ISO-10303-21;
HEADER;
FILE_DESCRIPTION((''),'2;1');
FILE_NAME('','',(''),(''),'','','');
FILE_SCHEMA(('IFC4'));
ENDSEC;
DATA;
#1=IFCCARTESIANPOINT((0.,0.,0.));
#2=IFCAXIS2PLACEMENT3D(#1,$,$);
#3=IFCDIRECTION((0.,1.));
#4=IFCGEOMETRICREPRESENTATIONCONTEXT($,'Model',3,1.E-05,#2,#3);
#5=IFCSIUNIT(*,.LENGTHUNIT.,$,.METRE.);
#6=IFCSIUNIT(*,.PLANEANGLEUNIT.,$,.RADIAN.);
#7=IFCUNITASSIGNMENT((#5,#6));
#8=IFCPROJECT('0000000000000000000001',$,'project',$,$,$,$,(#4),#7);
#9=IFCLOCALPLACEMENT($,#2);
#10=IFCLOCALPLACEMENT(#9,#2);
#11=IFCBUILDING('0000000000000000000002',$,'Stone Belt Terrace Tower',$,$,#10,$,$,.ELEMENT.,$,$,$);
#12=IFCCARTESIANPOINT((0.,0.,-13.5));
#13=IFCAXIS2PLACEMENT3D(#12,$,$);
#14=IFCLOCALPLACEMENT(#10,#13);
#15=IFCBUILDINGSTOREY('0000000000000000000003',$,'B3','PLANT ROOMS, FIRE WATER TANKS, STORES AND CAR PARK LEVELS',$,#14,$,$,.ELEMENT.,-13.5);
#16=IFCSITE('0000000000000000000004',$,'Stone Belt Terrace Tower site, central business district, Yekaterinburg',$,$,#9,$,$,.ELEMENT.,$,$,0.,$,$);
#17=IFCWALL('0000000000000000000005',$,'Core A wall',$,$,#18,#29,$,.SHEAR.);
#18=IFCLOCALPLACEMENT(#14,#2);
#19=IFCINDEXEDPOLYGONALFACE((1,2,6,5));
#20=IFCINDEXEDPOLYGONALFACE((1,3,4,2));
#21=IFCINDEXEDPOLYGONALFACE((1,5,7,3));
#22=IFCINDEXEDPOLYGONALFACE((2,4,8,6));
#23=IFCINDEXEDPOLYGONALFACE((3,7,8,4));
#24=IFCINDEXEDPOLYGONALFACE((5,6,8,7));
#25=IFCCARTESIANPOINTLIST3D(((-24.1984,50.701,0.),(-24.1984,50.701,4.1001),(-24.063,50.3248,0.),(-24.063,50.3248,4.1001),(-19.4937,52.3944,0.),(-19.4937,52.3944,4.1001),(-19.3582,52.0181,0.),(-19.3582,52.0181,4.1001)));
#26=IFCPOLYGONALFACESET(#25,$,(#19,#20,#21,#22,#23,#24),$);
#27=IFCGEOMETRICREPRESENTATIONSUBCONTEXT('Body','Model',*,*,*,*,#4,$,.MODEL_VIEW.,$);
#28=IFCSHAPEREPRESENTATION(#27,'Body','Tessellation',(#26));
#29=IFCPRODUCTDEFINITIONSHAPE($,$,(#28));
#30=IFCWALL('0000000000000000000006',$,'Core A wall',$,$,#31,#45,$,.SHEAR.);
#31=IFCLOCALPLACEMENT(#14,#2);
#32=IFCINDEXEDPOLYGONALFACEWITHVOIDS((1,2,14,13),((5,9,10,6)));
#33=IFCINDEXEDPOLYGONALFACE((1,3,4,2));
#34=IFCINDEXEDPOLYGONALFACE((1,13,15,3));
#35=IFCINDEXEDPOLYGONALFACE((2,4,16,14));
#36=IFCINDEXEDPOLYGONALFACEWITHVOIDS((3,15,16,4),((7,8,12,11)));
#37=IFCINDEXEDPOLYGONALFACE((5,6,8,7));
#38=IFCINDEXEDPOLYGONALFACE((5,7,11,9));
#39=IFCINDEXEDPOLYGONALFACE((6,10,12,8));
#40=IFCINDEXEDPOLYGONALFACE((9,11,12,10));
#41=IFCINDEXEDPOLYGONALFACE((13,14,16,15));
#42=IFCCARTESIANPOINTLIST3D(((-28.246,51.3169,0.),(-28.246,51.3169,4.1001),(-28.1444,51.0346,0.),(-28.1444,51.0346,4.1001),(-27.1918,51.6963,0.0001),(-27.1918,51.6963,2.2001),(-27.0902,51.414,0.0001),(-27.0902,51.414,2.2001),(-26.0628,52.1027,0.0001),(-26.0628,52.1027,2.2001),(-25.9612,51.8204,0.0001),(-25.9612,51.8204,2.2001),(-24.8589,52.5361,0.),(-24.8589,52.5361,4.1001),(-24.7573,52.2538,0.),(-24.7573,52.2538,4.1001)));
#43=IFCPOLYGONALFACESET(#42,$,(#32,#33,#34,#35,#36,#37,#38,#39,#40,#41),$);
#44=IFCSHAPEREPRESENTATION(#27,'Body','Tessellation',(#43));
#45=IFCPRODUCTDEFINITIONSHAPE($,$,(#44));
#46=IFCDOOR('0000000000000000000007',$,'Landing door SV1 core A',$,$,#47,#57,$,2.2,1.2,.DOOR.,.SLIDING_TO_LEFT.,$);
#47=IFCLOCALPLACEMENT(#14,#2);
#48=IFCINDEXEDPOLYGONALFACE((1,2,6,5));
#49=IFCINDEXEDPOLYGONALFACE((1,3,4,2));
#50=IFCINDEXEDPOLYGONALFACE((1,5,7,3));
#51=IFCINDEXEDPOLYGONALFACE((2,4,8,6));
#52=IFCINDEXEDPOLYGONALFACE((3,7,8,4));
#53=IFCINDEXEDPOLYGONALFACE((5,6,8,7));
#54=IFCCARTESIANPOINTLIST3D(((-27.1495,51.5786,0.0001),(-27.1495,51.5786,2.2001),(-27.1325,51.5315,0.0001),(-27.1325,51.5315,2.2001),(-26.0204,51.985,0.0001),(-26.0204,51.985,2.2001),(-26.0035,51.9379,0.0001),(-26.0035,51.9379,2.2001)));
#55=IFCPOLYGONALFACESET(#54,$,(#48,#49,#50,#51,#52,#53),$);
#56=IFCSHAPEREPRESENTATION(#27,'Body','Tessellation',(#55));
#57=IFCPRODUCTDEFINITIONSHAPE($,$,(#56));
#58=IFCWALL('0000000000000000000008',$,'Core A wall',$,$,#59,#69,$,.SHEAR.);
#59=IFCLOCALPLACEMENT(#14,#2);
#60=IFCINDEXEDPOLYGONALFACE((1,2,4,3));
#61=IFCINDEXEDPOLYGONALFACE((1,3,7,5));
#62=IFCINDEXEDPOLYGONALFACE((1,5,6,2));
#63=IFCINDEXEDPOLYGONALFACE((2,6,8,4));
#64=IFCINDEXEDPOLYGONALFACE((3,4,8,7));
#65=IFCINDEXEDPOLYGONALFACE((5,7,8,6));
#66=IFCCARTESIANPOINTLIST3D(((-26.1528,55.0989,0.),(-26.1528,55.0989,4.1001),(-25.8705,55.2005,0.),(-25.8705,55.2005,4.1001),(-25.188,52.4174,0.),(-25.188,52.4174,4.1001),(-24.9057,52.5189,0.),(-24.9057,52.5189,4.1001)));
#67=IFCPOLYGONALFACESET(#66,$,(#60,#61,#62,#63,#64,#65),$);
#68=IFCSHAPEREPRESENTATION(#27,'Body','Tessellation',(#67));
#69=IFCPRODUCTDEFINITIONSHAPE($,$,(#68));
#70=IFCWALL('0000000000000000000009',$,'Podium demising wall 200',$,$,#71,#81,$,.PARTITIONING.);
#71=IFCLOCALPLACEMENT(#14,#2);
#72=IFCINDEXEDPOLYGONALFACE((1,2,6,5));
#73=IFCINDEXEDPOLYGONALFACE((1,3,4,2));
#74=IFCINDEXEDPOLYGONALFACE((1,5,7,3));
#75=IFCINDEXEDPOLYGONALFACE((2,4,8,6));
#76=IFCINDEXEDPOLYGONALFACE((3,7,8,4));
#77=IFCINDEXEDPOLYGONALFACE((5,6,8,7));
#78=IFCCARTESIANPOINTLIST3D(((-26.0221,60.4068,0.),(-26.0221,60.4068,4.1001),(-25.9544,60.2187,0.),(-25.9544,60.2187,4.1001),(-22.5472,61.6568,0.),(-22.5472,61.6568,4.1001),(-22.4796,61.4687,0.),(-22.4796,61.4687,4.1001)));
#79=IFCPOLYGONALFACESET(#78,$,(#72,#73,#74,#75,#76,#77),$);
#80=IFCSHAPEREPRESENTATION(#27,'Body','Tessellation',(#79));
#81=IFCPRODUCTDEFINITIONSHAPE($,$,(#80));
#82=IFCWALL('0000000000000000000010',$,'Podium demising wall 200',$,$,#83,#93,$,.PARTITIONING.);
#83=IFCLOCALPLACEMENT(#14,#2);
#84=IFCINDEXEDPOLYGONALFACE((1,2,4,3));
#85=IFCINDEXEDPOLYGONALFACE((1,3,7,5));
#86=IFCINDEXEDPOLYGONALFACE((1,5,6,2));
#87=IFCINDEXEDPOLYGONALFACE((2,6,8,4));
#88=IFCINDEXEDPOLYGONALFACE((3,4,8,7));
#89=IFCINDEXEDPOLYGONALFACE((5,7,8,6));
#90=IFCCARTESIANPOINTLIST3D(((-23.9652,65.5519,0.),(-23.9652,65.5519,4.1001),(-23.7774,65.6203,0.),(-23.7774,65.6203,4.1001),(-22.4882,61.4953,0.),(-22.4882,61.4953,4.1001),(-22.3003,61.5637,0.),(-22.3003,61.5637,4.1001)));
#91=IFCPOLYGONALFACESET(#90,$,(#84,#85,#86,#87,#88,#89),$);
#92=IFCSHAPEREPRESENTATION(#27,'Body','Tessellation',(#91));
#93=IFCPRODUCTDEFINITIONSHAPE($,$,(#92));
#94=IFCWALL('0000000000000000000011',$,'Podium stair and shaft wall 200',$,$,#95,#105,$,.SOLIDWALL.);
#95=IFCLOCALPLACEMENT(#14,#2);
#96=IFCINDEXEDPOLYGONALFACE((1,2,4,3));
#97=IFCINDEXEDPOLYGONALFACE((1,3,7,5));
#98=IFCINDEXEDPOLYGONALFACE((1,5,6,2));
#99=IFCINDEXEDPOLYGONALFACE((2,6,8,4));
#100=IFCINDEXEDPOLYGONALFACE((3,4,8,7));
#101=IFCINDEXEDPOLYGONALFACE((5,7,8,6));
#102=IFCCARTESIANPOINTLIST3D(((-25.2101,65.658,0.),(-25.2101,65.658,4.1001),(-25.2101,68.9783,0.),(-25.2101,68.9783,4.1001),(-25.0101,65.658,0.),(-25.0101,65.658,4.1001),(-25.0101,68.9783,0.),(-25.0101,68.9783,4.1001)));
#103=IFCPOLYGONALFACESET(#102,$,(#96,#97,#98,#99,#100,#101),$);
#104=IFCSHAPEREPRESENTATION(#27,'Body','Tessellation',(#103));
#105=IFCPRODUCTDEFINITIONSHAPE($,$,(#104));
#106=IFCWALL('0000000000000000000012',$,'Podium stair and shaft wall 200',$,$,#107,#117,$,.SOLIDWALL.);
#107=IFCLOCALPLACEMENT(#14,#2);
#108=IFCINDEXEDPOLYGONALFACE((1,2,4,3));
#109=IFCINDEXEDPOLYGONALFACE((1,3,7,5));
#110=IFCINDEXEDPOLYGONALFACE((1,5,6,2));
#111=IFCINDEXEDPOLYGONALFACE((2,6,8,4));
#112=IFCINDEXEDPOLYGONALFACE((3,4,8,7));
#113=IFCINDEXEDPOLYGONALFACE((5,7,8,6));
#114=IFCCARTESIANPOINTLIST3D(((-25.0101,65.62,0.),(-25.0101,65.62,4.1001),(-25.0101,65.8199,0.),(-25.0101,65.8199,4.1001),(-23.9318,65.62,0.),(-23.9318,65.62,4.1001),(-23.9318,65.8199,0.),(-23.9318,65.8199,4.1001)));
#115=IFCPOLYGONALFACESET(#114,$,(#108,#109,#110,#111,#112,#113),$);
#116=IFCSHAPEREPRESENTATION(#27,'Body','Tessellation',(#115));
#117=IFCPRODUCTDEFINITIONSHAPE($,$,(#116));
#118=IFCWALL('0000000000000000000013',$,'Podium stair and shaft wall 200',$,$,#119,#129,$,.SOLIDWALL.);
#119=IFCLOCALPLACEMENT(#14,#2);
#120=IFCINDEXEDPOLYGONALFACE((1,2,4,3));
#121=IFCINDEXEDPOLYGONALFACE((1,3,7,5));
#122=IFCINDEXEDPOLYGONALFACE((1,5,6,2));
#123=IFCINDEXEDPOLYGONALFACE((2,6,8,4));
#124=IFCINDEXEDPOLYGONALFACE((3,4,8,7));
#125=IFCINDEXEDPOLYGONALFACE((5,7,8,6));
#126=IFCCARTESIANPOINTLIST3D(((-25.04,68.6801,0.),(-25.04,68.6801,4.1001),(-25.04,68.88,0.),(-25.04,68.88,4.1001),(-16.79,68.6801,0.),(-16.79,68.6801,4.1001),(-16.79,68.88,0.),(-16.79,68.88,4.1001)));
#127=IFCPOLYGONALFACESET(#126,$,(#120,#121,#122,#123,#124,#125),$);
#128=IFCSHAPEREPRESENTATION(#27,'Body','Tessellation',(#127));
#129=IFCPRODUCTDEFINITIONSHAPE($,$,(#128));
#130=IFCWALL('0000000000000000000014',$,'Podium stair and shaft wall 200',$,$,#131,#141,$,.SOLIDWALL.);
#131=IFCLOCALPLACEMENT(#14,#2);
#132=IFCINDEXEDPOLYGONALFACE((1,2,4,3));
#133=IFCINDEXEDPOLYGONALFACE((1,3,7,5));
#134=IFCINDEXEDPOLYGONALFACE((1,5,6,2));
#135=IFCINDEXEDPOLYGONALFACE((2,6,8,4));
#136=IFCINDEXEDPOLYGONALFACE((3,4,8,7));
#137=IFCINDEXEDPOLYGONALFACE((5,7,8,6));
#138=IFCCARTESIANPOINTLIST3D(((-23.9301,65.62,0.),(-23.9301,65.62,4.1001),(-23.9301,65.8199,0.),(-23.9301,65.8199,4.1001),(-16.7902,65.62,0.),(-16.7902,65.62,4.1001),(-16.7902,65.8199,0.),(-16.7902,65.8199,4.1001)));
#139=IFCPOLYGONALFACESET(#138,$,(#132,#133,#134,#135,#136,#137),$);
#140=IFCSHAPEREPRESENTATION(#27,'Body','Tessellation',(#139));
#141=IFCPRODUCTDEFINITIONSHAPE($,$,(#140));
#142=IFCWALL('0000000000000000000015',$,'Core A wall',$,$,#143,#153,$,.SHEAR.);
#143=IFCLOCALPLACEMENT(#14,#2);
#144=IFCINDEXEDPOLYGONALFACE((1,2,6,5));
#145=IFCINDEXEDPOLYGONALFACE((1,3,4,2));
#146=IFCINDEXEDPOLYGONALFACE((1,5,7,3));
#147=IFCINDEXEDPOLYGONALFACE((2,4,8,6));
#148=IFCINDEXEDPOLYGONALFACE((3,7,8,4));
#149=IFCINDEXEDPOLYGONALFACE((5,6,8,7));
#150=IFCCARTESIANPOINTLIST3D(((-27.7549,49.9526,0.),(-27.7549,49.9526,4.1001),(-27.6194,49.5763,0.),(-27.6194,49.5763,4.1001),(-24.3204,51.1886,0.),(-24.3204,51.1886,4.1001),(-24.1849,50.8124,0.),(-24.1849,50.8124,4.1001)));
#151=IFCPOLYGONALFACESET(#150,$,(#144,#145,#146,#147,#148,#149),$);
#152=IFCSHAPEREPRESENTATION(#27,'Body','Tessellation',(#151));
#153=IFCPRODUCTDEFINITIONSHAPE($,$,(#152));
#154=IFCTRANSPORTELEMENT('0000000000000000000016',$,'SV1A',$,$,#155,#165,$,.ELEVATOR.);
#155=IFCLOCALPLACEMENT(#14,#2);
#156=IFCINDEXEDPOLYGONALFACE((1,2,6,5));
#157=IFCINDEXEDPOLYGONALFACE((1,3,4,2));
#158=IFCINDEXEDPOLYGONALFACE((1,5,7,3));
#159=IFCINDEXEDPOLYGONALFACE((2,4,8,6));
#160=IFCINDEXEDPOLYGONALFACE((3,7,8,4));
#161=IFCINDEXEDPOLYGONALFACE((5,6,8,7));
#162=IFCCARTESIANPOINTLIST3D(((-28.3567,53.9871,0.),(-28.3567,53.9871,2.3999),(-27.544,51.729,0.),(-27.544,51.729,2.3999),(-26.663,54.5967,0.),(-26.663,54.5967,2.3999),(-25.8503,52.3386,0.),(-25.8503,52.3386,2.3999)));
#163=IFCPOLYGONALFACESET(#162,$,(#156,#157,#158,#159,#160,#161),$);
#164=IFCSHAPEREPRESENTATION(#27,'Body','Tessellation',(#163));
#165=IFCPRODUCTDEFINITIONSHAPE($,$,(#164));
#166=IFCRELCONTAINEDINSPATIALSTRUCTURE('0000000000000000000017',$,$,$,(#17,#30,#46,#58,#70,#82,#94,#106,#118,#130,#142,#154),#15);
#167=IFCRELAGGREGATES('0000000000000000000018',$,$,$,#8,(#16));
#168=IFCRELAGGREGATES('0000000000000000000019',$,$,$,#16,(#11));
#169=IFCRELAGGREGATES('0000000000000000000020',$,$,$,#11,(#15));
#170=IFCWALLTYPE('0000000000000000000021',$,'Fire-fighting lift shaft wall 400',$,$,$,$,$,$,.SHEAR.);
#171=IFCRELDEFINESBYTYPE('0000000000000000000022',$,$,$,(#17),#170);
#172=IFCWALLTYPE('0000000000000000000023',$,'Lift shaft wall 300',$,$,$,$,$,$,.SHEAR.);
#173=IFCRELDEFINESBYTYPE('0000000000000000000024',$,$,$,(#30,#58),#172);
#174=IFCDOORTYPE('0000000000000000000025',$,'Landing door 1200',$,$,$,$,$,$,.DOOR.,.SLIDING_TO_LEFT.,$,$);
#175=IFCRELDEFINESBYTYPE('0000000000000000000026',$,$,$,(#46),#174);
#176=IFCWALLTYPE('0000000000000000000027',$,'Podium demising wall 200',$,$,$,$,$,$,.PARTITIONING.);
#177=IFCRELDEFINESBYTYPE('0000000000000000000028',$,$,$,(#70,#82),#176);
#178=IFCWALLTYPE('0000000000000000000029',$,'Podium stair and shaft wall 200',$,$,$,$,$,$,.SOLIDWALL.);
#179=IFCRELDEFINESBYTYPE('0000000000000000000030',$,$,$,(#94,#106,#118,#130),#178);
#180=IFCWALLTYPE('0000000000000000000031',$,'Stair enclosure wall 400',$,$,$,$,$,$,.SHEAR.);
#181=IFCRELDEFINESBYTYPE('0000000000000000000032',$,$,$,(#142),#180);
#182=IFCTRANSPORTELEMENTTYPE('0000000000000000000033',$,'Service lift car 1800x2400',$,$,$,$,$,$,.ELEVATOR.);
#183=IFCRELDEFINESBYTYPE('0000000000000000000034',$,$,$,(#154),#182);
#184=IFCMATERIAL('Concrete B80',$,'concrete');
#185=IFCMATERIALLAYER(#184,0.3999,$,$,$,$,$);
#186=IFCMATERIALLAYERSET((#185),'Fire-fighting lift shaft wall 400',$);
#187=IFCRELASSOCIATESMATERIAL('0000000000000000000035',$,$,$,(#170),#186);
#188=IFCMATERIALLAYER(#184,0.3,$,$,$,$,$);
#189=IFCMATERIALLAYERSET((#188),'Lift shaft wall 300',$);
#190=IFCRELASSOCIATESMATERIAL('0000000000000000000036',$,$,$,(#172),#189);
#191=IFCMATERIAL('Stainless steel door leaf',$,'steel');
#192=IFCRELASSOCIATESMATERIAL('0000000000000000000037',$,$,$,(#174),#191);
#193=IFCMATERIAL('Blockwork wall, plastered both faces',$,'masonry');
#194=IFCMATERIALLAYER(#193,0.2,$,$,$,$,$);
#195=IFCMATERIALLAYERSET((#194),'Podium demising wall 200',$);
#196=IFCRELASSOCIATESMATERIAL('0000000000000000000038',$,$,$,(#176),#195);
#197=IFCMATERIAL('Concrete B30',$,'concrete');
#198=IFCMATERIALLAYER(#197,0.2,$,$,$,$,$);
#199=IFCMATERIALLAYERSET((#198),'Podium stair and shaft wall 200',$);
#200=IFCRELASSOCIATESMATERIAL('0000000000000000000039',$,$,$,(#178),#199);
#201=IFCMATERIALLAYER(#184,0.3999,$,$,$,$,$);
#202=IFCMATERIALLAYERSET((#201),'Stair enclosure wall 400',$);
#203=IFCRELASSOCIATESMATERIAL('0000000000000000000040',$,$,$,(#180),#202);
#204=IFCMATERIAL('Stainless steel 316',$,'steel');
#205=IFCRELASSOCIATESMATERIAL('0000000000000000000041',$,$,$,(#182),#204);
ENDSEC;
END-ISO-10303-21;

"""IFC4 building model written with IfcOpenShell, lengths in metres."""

from ifc_helpers import new_model, si_unit, direction, frame, frame_2d, origin, origin_2d, place, context, subcontext, project, spatial, rectangle, extrude, material, layer, layer_set, type_object, element, fill, save


model = new_model("IFC4")

# Units and contexts
model_context = context("Model", 3, precision=1e-05, world=origin(), true_north=direction((0.0, 1.0)))
body_context = subcontext(model_context, "Body", "Model", "MODEL_VIEW")
ifc_project = project(units=[si_unit("LENGTHUNIT", "METRE"), si_unit("PLANEANGLEUNIT", "RADIAN")], contexts=[model_context])

# Site, building, storey
site_placement = place(None, origin())
site = spatial("IfcSite", under=ifc_project, at=site_placement, Name="Stone Belt Terrace Tower site, central business district, Yekaterinburg", CompositionType="ELEMENT", RefElevation=0.0)
building_placement = place(site_placement, origin())
building = spatial("IfcBuilding", under=site, at=building_placement, Name="Stone Belt Terrace Tower", CompositionType="ELEMENT")
storey_placement = place(building_placement, frame((0.0, 0.0, -13.5)))
storey = spatial("IfcBuildingStorey", under=building, at=storey_placement, Name="B3", Description="PLANT ROOMS, FIRE WATER TANKS, STORES AND CAR PARK LEVELS", CompositionType="ELEMENT", Elevation=-13.5)

# Shared definitions
ifc_material_1 = material(Name="Concrete B80", Category="concrete")

# Shared definitions
ifc_material_2 = material(Name="Concrete B30", Category="concrete")

# Wall
ifc_layer_1 = layer(ifc_material_1, 0.3999)
ifc_layer_set_1 = layer_set([ifc_layer_1], Name="Fire-fighting lift shaft wall 400")
wall_type_1 = type_object("IfcWallType", Name="Fire-fighting lift shaft wall 400", PredefinedType="SHEAR", material=ifc_layer_set_1)
wall_1_placement = place(storey_placement, frame((-24.1306, 50.5129, 0.0), z_axis=(0.0, 0.0, 1.0), x_axis=(0.940912, 0.338652, 0.0)))
element("IfcWall", 1, at=wall_1_placement, inside=storey, type_object=wall_type_1, Name="Core A wall", PredefinedType="SHEAR", context=body_context, shape_type="SweptSolid", body=[
    extrude(rectangle(XDim=5.0002, YDim=0.3999, at=frame_2d((2.5, 0.0))), origin(), (0.0, 0.0, 1.0), 4.1001),
])

# Wall, opening, door
ifc_layer_2 = layer(ifc_material_1, 0.3)
ifc_layer_set_2 = layer_set([ifc_layer_2], Name="Lift shaft wall 300")
wall_type_2 = type_object("IfcWallType", Name="Lift shaft wall 300", PredefinedType="SHEAR", material=ifc_layer_set_2)
wall_2_placement = place(storey_placement, frame((-28.1951, 51.1758, 0.0), z_axis=(0.0, 0.0, 1.0), x_axis=(0.940901, 0.338681, 0.0)))
wall_2 = element("IfcWall", 2, at=wall_2_placement, inside=storey, type_object=wall_type_2, Name="Core A wall", PredefinedType="SHEAR", context=body_context, shape_type="SweptSolid", body=[
    extrude(rectangle(XDim=3.5999, YDim=0.3, at=frame_2d((1.7998, 0.0))), origin(), (0.0, 0.0, 1.0), 4.1001),
])
opening_1_placement = place(wall_2_placement, frame((1.1201, 0.0, 0.0)))
opening_1 = element("IfcOpeningElement", 3, at=opening_1_placement, cuts=wall_2, PredefinedType="OPENING", context=body_context, shape_type="SweptSolid", body=[
    extrude(rectangle(XDim=1.2, YDim=2.2, at=frame_2d((0.6001, 1.1001))), frame((0.0, 0.1599, 0.0), z_axis=(0.0, -1.0, 0.0), x_axis=(1.0, 0.0, 0.0)), (0.0, 0.0, 1.0), 0.3201),
])
ifc_material_3 = material(Name="Stainless steel door leaf", Category="steel")
door_type_1 = type_object("IfcDoorType", Name="Landing door 1200", OperationType="SLIDING_TO_LEFT", PredefinedType="DOOR", material=ifc_material_3)
door_1_placement = place(opening_1_placement, origin())
door_1 = element("IfcDoor", 4, at=door_1_placement, inside=storey, type_object=door_type_1, Name="Landing door SV1 core A", OperationType="SLIDING_TO_LEFT", OverallHeight=2.2, OverallWidth=1.2, PredefinedType="DOOR", context=body_context, shape_type="SweptSolid", body=[
    extrude(rectangle(XDim=1.2, YDim=2.2, at=frame_2d((0.6001, 1.1001))), frame((0.0, 0.0249, 0.0), z_axis=(0.0, -1.0, 0.0), x_axis=(1.0, 0.0, 0.0)), (0.0, 0.0, 1.0), 0.05),
])
fill(opening_1, door_1)

# Walls
wall_3_placement = place(storey_placement, frame((-25.0469, 52.4683, 0.0), z_axis=(0.0, 0.0, 1.0), x_axis=(-0.33855, 0.940949, 0.0)))
element("IfcWall", 5, at=wall_3_placement, inside=storey, type_object=wall_type_2, Name="Core A wall", PredefinedType="SHEAR", context=body_context, shape_type="SweptSolid", body=[
    extrude(rectangle(XDim=2.8499, YDim=0.3, at=frame_2d((1.4248, 0.0))), origin(), (0.0, 0.0, 1.0), 4.1001),
])
ifc_material_4 = material(Name="Blockwork wall, plastered both faces", Category="masonry")
ifc_layer_3 = layer(ifc_material_4, 0.2)
ifc_layer_set_3 = layer_set([ifc_layer_3], Name="Podium demising wall 200")
wall_type_3 = type_object("IfcWallType", Name="Podium demising wall 200", PredefinedType="PARTITIONING", material=ifc_layer_set_3)
wall_4_placement = place(storey_placement, frame((-25.9883, 60.3127, 0.0), z_axis=(0.0, 0.0, 1.0), x_axis=(0.940969, 0.338492, 0.0)))
element("IfcWall", 6, at=wall_4_placement, inside=storey, type_object=wall_type_3, Name="Podium demising wall 200", PredefinedType="PARTITIONING", context=body_context, shape_type="SweptSolid", body=[
    extrude(rectangle(XDim=3.6929, YDim=0.2, at=frame_2d((1.8464, 0.0))), origin(), (0.0, 0.0, 1.0), 4.1001),
])
wall_5_placement = place(storey_placement, frame((-23.8713, 65.5862, 0.0), z_axis=(0.0, 0.0, 1.0), x_axis=(0.342134, -0.939651, 0.0)))
element("IfcWall", 7, at=wall_5_placement, inside=storey, type_object=wall_type_3, Name="Podium demising wall 200", PredefinedType="PARTITIONING", context=body_context, shape_type="SweptSolid", body=[
    extrude(rectangle(XDim=4.3171, YDim=0.2, at=frame_2d((2.1587, 0.0))), origin(), (0.0, 0.0, 1.0), 4.1001),
])
ifc_layer_4 = layer(ifc_material_2, 0.2)
ifc_layer_set_4 = layer_set([ifc_layer_4], Name="Podium stair and shaft wall 200")
wall_type_4 = type_object("IfcWallType", Name="Podium stair and shaft wall 200", PredefinedType="SOLIDWALL", material=ifc_layer_set_4)
wall_6_placement = place(storey_placement, frame((-25.1101, 65.658, 0.0), z_axis=(0.0, 0.0, 1.0), x_axis=(0.0, 1.0, 0.0)))
element("IfcWall", 8, at=wall_6_placement, inside=storey, type_object=wall_type_4, Name="Podium stair and shaft wall 200", PredefinedType="SOLIDWALL", context=body_context, shape_type="SweptSolid", body=[
    extrude(rectangle(XDim=3.3203, YDim=0.2, at=frame_2d((1.6602, 0.0))), origin(), (0.0, 0.0, 1.0), 4.1001),
])
wall_7_placement = place(storey_placement, frame((-25.01, 65.72, 0.0), z_axis=(0.0, 0.0, 1.0), x_axis=(1.0, 0.0, 0.0)))
element("IfcWall", 9, at=wall_7_placement, inside=storey, type_object=wall_type_4, Name="Podium stair and shaft wall 200", PredefinedType="SOLIDWALL", context=body_context, shape_type="SweptSolid", body=[
    extrude(rectangle(XDim=1.0784, YDim=0.2, at=frame_2d((0.5391, 0.0))), origin(), (0.0, 0.0, 1.0), 4.1001),
])
wall_8_placement = place(storey_placement, frame((-25.04, 68.78, 0.0), z_axis=(0.0, 0.0, 1.0), x_axis=(1.0, 0.0, 0.0)))
element("IfcWall", 10, at=wall_8_placement, inside=storey, type_object=wall_type_4, Name="Podium stair and shaft wall 200", PredefinedType="SOLIDWALL", context=body_context, shape_type="SweptSolid", body=[
    extrude(rectangle(XDim=8.25, YDim=0.2, at=frame_2d((4.125, 0.0))), origin(), (0.0, 0.0, 1.0), 4.1001),
])
wall_9_placement = place(storey_placement, frame((-23.9299, 65.72, 0.0), z_axis=(0.0, 0.0, 1.0), x_axis=(1.0, 0.0, 0.0)))
element("IfcWall", 11, at=wall_9_placement, inside=storey, type_object=wall_type_4, Name="Podium stair and shaft wall 200", PredefinedType="SOLIDWALL", context=body_context, shape_type="SweptSolid", body=[
    extrude(rectangle(XDim=7.1399, YDim=0.2, at=frame_2d((3.5698, 0.0))), origin(), (0.0, 0.0, 1.0), 4.1001),
])
ifc_layer_5 = layer(ifc_material_1, 0.3999)
ifc_layer_set_5 = layer_set([ifc_layer_5], Name="Stair enclosure wall 400")
wall_type_5 = type_object("IfcWallType", Name="Stair enclosure wall 400", PredefinedType="SHEAR", material=ifc_layer_set_5)
wall_10_placement = place(storey_placement, frame((-27.6873, 49.7644, 0.0), z_axis=(0.0, 0.0, 1.0), x_axis=(0.940919, 0.338632, 0.0)))
element("IfcWall", 12, at=wall_10_placement, inside=storey, type_object=wall_type_5, Name="Core A wall", PredefinedType="SHEAR", context=body_context, shape_type="SweptSolid", body=[
    extrude(rectangle(XDim=3.6501, YDim=0.3999, at=frame_2d((1.8252, 0.0))), origin(), (0.0, 0.0, 1.0), 4.1001),
])

# Transport element
ifc_material_5 = material(Name="Stainless steel 316", Category="steel")
transport_element_type = type_object("IfcTransportElementType", Name="Service lift car 1800x2400", PredefinedType="ELEVATOR", material=ifc_material_5)
transport_element_placement = place(storey_placement, frame((-27.1035, 53.1628, 0.0), z_axis=(0.0, 0.0, 1.0), x_axis=(0.940922, 0.338625, 0.0)))
element("IfcTransportElement", 13, at=transport_element_placement, inside=storey, type_object=transport_element_type, Name="SV1A", PredefinedType="ELEVATOR", context=body_context, shape_type="SweptSolid", body=[
    extrude(rectangle(XDim=1.8, YDim=2.3999, at=origin_2d()), origin(), (0.0, 0.0, 1.0), 2.3999),
])

save(model, "model.ifc")
